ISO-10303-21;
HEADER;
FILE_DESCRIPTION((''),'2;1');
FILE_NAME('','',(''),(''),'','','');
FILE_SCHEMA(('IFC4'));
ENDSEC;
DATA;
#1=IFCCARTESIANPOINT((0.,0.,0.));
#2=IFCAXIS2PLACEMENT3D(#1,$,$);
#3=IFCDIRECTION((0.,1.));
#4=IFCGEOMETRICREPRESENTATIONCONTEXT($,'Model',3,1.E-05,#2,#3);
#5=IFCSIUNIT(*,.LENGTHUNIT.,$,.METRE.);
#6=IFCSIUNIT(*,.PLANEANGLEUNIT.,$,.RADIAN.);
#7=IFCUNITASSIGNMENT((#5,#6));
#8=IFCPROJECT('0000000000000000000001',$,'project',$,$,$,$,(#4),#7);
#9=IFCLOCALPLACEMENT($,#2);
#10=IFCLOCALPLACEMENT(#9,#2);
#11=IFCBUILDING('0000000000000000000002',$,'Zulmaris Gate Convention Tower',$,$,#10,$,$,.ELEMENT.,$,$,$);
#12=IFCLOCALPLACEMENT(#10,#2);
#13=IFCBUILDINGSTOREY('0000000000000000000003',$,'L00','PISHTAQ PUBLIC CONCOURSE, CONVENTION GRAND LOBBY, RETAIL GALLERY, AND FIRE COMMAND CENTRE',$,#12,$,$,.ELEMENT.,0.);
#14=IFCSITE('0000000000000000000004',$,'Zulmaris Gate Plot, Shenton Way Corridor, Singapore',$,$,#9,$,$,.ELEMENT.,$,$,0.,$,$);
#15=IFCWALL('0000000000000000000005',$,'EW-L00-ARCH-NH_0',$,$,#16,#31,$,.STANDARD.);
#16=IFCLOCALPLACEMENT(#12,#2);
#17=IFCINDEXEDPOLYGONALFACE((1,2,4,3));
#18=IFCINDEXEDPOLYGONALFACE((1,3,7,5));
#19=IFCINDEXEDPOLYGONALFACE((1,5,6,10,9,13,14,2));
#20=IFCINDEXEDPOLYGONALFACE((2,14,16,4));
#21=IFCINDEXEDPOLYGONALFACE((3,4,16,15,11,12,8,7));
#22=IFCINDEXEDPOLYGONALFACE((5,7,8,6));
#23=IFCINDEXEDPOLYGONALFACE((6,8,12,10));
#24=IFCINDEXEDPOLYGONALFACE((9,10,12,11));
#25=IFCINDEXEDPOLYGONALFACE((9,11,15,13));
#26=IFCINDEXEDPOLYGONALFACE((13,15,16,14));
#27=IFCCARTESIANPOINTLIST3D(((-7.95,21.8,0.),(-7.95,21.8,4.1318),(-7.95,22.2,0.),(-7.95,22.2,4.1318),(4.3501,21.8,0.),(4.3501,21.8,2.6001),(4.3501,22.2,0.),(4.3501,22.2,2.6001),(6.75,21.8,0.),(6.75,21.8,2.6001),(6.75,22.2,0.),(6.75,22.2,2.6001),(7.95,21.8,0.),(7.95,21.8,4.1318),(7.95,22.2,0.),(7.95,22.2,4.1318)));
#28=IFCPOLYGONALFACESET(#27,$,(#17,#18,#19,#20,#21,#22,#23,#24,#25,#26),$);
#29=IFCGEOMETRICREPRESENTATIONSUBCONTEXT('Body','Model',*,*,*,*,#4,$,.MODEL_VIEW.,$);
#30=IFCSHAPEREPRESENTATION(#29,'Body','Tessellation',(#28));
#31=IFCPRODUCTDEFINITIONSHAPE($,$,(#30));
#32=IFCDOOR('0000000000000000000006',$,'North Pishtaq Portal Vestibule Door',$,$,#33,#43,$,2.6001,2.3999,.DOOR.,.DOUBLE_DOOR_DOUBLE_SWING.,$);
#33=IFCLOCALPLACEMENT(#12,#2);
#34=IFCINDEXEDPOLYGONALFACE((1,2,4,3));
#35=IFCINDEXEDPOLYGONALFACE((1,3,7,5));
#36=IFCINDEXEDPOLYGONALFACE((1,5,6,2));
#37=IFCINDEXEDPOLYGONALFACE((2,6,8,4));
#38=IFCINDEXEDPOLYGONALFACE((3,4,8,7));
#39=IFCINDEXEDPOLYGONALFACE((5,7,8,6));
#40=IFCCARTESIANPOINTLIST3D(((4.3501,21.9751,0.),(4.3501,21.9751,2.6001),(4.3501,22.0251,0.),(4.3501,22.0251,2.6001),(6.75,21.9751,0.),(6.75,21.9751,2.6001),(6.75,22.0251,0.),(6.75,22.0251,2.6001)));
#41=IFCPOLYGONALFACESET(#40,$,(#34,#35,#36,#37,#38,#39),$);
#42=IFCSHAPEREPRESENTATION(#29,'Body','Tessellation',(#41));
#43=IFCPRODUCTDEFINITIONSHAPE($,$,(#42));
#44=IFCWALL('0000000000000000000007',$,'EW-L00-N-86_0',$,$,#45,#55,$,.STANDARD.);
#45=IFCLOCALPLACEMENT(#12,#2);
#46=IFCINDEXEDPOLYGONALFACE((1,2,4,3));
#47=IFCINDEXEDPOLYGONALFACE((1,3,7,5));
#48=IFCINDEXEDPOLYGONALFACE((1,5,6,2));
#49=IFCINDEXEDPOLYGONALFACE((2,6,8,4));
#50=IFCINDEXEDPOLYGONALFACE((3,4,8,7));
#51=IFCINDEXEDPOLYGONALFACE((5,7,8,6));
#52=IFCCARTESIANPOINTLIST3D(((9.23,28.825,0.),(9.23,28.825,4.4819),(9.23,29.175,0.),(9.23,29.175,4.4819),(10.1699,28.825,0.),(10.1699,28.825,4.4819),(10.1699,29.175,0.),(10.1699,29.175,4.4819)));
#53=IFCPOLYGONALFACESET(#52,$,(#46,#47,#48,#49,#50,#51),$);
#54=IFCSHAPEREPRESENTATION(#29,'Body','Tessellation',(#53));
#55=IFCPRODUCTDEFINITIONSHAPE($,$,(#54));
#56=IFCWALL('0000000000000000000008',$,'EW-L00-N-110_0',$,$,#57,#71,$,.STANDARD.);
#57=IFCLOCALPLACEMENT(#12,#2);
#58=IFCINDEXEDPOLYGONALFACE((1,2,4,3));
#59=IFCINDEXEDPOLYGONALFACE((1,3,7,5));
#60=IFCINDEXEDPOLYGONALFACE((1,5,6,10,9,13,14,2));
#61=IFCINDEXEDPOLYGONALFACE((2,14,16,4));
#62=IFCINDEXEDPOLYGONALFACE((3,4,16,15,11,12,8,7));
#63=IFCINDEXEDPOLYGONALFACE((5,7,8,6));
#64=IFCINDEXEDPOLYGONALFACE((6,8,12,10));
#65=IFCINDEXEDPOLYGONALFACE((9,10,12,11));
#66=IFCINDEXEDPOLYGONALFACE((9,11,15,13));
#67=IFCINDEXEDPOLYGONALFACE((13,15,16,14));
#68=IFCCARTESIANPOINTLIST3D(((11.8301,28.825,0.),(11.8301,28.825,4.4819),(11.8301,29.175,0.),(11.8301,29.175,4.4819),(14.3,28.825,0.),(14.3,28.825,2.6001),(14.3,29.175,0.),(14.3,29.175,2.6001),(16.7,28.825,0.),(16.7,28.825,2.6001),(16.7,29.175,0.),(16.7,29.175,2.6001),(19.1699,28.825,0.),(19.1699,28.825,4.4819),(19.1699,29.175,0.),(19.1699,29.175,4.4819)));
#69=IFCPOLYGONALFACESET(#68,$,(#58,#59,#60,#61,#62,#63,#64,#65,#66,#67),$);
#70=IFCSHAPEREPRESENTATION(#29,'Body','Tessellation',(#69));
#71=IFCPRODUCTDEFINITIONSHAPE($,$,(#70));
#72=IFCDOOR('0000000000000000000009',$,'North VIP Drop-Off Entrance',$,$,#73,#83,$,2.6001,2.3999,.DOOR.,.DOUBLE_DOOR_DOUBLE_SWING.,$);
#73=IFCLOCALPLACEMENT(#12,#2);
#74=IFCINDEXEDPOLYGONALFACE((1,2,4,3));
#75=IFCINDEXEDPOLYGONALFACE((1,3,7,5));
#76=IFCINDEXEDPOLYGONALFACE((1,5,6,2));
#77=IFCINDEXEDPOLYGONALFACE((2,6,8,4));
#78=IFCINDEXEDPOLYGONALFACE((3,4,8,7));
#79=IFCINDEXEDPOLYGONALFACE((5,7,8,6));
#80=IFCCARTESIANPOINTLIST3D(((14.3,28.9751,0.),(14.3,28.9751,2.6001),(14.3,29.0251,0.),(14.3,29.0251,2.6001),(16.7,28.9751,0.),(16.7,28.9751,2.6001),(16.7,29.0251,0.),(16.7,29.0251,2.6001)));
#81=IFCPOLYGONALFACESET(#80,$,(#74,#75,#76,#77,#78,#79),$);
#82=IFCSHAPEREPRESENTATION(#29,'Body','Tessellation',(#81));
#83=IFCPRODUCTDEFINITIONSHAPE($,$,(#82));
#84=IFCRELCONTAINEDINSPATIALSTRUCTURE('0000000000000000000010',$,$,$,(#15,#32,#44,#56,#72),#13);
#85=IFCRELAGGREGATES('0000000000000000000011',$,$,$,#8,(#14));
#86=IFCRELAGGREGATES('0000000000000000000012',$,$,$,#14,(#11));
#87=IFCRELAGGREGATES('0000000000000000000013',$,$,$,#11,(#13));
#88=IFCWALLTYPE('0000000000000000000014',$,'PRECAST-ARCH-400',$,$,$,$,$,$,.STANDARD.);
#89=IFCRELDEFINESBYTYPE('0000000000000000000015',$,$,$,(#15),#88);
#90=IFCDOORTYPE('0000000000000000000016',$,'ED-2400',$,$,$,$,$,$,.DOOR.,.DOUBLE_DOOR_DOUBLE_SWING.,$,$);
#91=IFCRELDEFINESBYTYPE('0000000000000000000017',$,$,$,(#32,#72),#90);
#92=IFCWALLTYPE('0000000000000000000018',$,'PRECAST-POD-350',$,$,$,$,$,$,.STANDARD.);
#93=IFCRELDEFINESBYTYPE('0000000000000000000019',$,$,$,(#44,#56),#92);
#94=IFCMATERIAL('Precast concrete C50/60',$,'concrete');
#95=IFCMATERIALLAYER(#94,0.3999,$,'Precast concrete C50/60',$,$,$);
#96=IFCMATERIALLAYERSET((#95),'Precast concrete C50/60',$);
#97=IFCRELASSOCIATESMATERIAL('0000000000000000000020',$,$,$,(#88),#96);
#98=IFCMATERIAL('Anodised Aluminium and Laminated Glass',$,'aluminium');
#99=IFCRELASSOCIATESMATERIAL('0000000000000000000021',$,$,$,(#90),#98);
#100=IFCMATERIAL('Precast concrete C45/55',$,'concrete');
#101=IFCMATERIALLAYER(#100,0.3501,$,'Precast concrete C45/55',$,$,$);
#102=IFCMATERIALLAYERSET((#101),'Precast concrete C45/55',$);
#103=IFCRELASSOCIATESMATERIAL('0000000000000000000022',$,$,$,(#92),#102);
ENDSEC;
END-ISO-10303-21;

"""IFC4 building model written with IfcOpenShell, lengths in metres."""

from ifc_helpers import new_model, si_unit, direction, frame, frame_2d, origin, place, context, subcontext, project, spatial, rectangle, extrude, material, layer, layer_set, type_object, element, fill, save


model = new_model("IFC4")

# Units and contexts
model_context = context("Model", 3, precision=1e-05, world=origin(), true_north=direction((0.0, 1.0)))
body_context = subcontext(model_context, "Body", "Model", "MODEL_VIEW")
ifc_project = project(units=[si_unit("LENGTHUNIT", "METRE"), si_unit("PLANEANGLEUNIT", "RADIAN")], contexts=[model_context])

# Site, building, storey
site_placement = place(None, origin())
site = spatial("IfcSite", under=ifc_project, at=site_placement, Name="Zulmaris Gate Plot, Shenton Way Corridor, Singapore", CompositionType="ELEMENT", RefElevation=0.0)
building_placement = place(site_placement, origin())
building = spatial("IfcBuilding", under=site, at=building_placement, Name="Zulmaris Gate Convention Tower", CompositionType="ELEMENT")
storey_placement = place(building_placement, origin())
storey = spatial("IfcBuildingStorey", under=building, at=storey_placement, Name="L00", Description="PISHTAQ PUBLIC CONCOURSE, CONVENTION GRAND LOBBY, RETAIL GALLERY, AND FIRE COMMAND CENTRE", CompositionType="ELEMENT", Elevation=0.0)

# Shared definitions
ifc_material_1 = material(Name="Precast concrete C50/60", Category="concrete")

# Shared definitions
ifc_layer_1 = layer(ifc_material_1, 0.3999, Name="Precast concrete C50/60")
ifc_layer_set_1 = layer_set([ifc_layer_1], Name="Precast concrete C50/60")
wall_type_1 = type_object("IfcWallType", Name="PRECAST-ARCH-400", PredefinedType="STANDARD", material=ifc_layer_set_1)

# Wall, opening, door
wall_1_placement = place(storey_placement, frame((7.95, 22.0, 0.0), z_axis=(0.0, 0.0, 1.0), x_axis=(-1.0, 0.0, 0.0)))
wall_1 = element("IfcWall", 1, at=wall_1_placement, inside=storey, type_object=wall_type_1, Name="EW-L00-ARCH-NH_0", PredefinedType="STANDARD", context=body_context, shape_type="SweptSolid", body=[
    extrude(rectangle(XDim=15.8999, YDim=0.3999, at=frame_2d((7.95, 0.0))), origin(), (0.0, 0.0, 1.0), 4.1318),
])
opening_1_placement = place(wall_1_placement, frame((1.2, 0.0, 0.0)))
opening_1 = element("IfcOpeningElement", 2, at=opening_1_placement, cuts=wall_1, PredefinedType="OPENING", context=body_context, shape_type="SweptSolid", body=[
    extrude(rectangle(XDim=2.3999, YDim=2.6001, at=frame_2d((1.2, 1.3))), frame((0.0, 0.21, 0.0), z_axis=(0.0, -1.0, 0.0), x_axis=(1.0, 0.0, 0.0)), (0.0, 0.0, 1.0), 0.4199),
])
ifc_material_2 = material(Name="Anodised Aluminium and Laminated Glass", Category="aluminium")
door_type_1 = type_object("IfcDoorType", Name="ED-2400", OperationType="DOUBLE_DOOR_DOUBLE_SWING", PredefinedType="DOOR", material=ifc_material_2)
door_1_placement = place(opening_1_placement, origin())
door_1 = element("IfcDoor", 3, at=door_1_placement, inside=storey, type_object=door_type_1, Name="North Pishtaq Portal Vestibule Door", OperationType="DOUBLE_DOOR_DOUBLE_SWING", OverallHeight=2.6001, OverallWidth=2.3999, PredefinedType="DOOR", context=body_context, shape_type="SweptSolid", body=[
    extrude(rectangle(XDim=2.3999, YDim=2.6001, at=frame_2d((1.2, 1.3))), frame((0.0, 0.0249, 0.0), z_axis=(0.0, -1.0, 0.0), x_axis=(1.0, 0.0, 0.0)), (0.0, 0.0, 1.0), 0.05),
])
fill(opening_1, door_1)

# Wall
ifc_material_3 = material(Name="Precast concrete C45/55", Category="concrete")
ifc_layer_2 = layer(ifc_material_3, 0.3501, Name="Precast concrete C45/55")
ifc_layer_set_2 = layer_set([ifc_layer_2], Name="Precast concrete C45/55")
wall_type_2 = type_object("IfcWallType", Name="PRECAST-POD-350", PredefinedType="STANDARD", material=ifc_layer_set_2)
wall_2_placement = place(storey_placement, frame((10.1699, 29.0, 0.0), z_axis=(0.0, 0.0, 1.0), x_axis=(-1.0, 0.0, 0.0)))
element("IfcWall", 4, at=wall_2_placement, inside=storey, type_object=wall_type_2, Name="EW-L00-N-86_0", PredefinedType="STANDARD", context=body_context, shape_type="SweptSolid", body=[
    extrude(rectangle(XDim=0.9399, YDim=0.3501, at=frame_2d((0.47, 0.0))), origin(), (0.0, 0.0, 1.0), 4.4819),
])

# Wall, opening, door
wall_3_placement = place(storey_placement, frame((19.1699, 29.0, 0.0), z_axis=(0.0, 0.0, 1.0), x_axis=(-1.0, 0.0, 0.0)))
wall_3 = element("IfcWall", 5, at=wall_3_placement, inside=storey, type_object=wall_type_2, Name="EW-L00-N-110_0", PredefinedType="STANDARD", context=body_context, shape_type="SweptSolid", body=[
    extrude(rectangle(XDim=7.3398, YDim=0.3501, at=frame_2d((3.6699, 0.0))), origin(), (0.0, 0.0, 1.0), 4.4819),
])
opening_2_placement = place(wall_3_placement, frame((2.47, 0.0, 0.0)))
opening_2 = element("IfcOpeningElement", 6, at=opening_2_placement, cuts=wall_3, PredefinedType="OPENING", context=body_context, shape_type="SweptSolid", body=[
    extrude(rectangle(XDim=2.3999, YDim=2.6001, at=frame_2d((1.2, 1.3))), frame((0.0, 0.1851, 0.0), z_axis=(0.0, -1.0, 0.0), x_axis=(1.0, 0.0, 0.0)), (0.0, 0.0, 1.0), 0.3701),
])
door_2_placement = place(opening_2_placement, origin())
door_2 = element("IfcDoor", 7, at=door_2_placement, inside=storey, type_object=door_type_1, Name="North VIP Drop-Off Entrance", OperationType="DOUBLE_DOOR_DOUBLE_SWING", OverallHeight=2.6001, OverallWidth=2.3999, PredefinedType="DOOR", context=body_context, shape_type="SweptSolid", body=[
    extrude(rectangle(XDim=2.3999, YDim=2.6001, at=frame_2d((1.2, 1.3))), frame((0.0, 0.0249, 0.0), z_axis=(0.0, -1.0, 0.0), x_axis=(1.0, 0.0, 0.0)), (0.0, 0.0, 1.0), 0.05),
])
fill(opening_2, door_2)

save(model, "model.ifc")
